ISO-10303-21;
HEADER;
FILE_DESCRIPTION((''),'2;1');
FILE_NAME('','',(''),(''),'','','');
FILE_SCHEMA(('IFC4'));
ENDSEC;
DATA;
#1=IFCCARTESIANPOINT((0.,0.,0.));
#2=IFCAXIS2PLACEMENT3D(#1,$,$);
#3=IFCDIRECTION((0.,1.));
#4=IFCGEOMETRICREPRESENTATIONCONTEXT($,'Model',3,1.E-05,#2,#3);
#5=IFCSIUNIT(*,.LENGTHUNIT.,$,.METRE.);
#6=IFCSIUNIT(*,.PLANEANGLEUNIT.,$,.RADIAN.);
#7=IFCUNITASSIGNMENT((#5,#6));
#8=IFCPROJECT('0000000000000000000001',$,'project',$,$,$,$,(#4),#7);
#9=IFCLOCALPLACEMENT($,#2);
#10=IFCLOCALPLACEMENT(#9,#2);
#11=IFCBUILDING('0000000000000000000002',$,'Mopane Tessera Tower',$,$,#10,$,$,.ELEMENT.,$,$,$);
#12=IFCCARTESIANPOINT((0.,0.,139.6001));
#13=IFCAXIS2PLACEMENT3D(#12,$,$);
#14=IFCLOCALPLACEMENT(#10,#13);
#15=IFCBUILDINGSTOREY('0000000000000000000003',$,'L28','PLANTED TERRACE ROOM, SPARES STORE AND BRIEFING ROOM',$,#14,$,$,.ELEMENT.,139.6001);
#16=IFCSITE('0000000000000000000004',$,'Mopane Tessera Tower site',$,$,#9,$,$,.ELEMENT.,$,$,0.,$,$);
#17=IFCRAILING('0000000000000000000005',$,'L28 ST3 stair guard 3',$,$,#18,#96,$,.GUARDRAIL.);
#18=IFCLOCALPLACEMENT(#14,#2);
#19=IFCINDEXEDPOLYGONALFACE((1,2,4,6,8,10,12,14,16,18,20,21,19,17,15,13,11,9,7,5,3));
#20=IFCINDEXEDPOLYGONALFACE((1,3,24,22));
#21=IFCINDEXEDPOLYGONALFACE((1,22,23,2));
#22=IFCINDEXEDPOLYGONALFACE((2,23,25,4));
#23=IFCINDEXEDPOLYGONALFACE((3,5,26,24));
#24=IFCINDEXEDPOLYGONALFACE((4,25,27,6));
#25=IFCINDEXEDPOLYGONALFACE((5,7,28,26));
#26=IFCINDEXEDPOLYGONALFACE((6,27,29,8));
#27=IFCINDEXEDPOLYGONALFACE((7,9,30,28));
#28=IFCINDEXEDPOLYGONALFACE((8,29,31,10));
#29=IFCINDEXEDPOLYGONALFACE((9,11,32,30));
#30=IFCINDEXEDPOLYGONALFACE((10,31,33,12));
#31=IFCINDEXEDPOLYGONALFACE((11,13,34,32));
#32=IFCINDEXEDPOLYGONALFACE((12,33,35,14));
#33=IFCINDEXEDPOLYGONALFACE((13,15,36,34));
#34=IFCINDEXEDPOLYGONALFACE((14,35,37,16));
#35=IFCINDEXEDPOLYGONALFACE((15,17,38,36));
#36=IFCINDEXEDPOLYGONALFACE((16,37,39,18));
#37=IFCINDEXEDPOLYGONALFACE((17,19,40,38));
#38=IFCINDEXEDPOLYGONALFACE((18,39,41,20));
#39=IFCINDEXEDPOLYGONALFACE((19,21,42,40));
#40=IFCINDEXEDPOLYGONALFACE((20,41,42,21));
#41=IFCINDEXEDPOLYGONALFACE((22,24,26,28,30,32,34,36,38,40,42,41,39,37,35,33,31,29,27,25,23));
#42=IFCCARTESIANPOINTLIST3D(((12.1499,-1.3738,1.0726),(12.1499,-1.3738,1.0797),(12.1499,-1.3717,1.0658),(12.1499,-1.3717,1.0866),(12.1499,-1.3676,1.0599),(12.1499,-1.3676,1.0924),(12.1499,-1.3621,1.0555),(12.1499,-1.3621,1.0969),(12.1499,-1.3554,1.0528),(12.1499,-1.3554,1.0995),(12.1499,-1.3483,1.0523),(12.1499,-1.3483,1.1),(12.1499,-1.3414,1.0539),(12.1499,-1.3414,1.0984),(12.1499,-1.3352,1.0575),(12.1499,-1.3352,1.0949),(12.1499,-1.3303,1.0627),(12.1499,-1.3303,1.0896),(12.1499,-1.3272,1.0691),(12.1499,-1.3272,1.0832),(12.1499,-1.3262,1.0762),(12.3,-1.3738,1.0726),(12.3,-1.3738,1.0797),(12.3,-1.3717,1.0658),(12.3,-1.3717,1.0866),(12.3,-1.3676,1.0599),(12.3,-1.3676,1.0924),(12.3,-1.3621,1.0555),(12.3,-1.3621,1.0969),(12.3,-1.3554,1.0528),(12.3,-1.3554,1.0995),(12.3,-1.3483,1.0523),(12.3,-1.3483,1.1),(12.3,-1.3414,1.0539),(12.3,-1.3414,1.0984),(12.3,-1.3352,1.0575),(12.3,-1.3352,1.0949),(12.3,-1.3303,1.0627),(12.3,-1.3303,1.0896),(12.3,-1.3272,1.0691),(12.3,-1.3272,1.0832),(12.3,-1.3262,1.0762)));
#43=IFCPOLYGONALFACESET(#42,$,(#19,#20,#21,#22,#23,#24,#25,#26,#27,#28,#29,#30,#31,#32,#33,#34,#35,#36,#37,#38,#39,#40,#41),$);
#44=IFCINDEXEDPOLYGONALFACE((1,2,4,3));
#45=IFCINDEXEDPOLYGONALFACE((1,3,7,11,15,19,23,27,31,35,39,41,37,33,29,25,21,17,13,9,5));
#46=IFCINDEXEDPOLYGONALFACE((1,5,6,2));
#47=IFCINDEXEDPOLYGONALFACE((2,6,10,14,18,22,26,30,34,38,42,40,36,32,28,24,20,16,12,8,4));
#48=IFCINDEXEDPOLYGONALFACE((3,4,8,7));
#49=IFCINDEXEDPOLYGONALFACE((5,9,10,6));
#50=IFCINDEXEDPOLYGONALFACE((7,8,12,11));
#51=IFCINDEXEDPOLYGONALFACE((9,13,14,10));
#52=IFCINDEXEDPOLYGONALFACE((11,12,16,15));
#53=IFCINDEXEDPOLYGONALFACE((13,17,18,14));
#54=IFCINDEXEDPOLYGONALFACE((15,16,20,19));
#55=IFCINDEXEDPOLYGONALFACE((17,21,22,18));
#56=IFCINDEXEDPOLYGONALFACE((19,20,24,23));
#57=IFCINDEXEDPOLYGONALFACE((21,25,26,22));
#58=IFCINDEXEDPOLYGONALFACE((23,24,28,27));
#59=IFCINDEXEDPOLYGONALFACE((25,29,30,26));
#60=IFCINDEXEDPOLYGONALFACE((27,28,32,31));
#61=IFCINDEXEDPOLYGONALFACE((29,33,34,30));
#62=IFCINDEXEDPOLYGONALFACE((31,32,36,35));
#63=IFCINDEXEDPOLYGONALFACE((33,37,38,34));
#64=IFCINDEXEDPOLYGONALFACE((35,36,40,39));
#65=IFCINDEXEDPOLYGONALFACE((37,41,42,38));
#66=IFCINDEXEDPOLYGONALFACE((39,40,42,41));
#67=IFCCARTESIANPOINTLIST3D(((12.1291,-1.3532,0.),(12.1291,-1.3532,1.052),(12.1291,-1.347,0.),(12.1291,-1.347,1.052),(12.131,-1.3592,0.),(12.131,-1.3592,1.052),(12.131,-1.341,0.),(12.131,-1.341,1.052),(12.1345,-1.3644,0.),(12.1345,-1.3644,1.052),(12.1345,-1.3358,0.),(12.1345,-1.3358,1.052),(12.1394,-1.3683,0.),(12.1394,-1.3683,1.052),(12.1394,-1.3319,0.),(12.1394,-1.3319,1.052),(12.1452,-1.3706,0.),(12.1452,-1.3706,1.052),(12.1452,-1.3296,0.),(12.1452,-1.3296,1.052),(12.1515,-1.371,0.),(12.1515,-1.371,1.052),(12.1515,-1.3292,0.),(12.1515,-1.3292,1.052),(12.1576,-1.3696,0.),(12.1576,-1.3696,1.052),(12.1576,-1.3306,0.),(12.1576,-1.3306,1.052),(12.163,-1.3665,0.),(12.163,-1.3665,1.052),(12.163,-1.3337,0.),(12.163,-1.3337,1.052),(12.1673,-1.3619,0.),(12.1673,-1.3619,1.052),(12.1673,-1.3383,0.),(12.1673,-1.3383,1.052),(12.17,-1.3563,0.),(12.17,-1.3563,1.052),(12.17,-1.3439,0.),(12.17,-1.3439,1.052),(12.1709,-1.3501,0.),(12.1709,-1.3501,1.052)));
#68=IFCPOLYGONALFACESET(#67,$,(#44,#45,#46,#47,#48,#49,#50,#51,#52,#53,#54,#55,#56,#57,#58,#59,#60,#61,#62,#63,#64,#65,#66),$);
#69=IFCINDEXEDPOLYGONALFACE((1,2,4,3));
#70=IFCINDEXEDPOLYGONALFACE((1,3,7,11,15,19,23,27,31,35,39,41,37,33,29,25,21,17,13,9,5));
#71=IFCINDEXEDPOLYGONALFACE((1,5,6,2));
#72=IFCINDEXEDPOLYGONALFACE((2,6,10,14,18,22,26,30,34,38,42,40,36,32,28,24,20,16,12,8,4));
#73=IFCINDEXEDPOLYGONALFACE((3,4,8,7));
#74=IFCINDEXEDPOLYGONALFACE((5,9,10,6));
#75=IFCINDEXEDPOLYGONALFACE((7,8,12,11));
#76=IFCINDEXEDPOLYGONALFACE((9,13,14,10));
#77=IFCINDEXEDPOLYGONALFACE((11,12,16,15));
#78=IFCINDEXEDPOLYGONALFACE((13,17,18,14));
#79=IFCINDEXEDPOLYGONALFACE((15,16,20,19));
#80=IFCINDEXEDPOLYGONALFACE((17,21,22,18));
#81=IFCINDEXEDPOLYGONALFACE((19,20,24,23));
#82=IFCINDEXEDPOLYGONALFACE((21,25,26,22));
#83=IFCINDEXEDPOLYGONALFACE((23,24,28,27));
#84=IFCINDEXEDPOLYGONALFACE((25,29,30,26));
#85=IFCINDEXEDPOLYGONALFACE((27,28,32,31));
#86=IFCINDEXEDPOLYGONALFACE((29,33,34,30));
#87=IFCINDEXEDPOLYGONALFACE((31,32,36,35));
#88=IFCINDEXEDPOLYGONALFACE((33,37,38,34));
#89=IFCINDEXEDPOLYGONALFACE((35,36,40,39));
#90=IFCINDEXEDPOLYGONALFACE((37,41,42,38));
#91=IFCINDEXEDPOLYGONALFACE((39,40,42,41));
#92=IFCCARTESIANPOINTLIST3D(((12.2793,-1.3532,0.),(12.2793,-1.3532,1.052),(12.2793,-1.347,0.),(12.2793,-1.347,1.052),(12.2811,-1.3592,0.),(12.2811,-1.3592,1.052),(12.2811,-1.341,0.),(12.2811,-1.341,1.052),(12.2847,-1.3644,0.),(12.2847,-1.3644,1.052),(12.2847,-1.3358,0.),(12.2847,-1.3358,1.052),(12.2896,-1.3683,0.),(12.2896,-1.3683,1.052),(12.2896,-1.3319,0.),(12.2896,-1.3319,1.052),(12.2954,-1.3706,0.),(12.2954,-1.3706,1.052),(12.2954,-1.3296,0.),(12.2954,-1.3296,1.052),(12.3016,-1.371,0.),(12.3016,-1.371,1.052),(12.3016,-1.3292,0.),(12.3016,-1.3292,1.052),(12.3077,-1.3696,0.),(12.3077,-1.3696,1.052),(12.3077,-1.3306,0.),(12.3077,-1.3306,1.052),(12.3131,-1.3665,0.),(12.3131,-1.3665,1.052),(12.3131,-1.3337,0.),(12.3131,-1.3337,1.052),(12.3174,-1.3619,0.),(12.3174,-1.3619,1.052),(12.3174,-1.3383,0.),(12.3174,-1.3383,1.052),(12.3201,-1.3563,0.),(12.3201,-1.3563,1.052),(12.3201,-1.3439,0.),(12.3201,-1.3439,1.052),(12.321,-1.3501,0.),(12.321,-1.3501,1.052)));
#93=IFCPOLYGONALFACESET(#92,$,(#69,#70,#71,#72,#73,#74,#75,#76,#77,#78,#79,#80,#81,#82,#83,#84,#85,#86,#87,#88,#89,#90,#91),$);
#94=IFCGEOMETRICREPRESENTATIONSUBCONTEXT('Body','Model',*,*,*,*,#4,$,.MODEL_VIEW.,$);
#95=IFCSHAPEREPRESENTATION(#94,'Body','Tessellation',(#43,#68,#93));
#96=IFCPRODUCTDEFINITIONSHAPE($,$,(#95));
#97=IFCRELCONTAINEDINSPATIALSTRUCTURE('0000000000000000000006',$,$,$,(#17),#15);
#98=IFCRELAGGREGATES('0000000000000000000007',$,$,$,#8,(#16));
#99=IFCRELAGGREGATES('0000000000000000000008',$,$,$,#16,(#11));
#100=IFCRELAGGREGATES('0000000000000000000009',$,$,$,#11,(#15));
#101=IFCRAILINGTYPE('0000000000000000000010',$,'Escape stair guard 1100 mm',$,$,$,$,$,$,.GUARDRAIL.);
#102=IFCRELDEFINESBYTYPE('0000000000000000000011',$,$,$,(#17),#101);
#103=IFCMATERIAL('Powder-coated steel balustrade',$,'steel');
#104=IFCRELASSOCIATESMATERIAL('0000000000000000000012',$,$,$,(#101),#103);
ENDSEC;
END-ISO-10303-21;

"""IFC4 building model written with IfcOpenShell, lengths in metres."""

from ifc_helpers import new_model, si_unit, direction, frame, origin, origin_2d, place, context, subcontext, project, spatial, circle, extrude, material, type_object, element, save


model = new_model("IFC4")

# Units and contexts
model_context = context("Model", 3, precision=1e-05, world=origin(), true_north=direction((0.0, 1.0)))
body_context = subcontext(model_context, "Body", "Model", "MODEL_VIEW")
ifc_project = project(units=[si_unit("LENGTHUNIT", "METRE"), si_unit("PLANEANGLEUNIT", "RADIAN")], contexts=[model_context])

# Site, building, storey
site_placement = place(None, origin())
site = spatial("IfcSite", under=ifc_project, at=site_placement, Name="Mopane Tessera Tower site", CompositionType="ELEMENT", RefElevation=0.0)
building_placement = place(site_placement, origin())
building = spatial("IfcBuilding", under=site, at=building_placement, Name="Mopane Tessera Tower", CompositionType="ELEMENT")
storey_placement = place(building_placement, frame((0.0, 0.0, 139.6001)))
storey = spatial("IfcBuildingStorey", under=building, at=storey_placement, Name="L28", Description="PLANTED TERRACE ROOM, SPARES STORE AND BRIEFING ROOM", CompositionType="ELEMENT", Elevation=139.6001)

# Railing
ifc_material_1 = material(Name="Powder-coated steel balustrade", Category="steel")
railing_type_1 = type_object("IfcRailingType", Name="Escape stair guard 1100 mm", PredefinedType="GUARDRAIL", material=ifc_material_1)
railing_1_placement = place(storey_placement, frame((12.1499, -1.3501, 0.0)))
element("IfcRailing", 1, at=railing_1_placement, inside=storey, type_object=railing_type_1, Name="L28 ST3 stair guard 3", PredefinedType="GUARDRAIL", context=body_context, shape_type="SweptSolid", body=[
    extrude(circle(Radius=0.0239, at=origin_2d()), frame((0.0, 0.0, 1.0762), z_axis=(1.0, 0.0, 0.0), x_axis=(0.0, 1.0, 0.0)), (0.0, 0.0, 1.0), 0.1501),
    extrude(circle(Radius=0.021, at=origin_2d()), origin(), (0.0, 0.0, 1.0), 1.052),
    extrude(circle(Radius=0.021, at=origin_2d()), frame((0.1501, 0.0, 0.0)), (0.0, 0.0, 1.0), 1.052),
])

save(model, "model.ifc")
